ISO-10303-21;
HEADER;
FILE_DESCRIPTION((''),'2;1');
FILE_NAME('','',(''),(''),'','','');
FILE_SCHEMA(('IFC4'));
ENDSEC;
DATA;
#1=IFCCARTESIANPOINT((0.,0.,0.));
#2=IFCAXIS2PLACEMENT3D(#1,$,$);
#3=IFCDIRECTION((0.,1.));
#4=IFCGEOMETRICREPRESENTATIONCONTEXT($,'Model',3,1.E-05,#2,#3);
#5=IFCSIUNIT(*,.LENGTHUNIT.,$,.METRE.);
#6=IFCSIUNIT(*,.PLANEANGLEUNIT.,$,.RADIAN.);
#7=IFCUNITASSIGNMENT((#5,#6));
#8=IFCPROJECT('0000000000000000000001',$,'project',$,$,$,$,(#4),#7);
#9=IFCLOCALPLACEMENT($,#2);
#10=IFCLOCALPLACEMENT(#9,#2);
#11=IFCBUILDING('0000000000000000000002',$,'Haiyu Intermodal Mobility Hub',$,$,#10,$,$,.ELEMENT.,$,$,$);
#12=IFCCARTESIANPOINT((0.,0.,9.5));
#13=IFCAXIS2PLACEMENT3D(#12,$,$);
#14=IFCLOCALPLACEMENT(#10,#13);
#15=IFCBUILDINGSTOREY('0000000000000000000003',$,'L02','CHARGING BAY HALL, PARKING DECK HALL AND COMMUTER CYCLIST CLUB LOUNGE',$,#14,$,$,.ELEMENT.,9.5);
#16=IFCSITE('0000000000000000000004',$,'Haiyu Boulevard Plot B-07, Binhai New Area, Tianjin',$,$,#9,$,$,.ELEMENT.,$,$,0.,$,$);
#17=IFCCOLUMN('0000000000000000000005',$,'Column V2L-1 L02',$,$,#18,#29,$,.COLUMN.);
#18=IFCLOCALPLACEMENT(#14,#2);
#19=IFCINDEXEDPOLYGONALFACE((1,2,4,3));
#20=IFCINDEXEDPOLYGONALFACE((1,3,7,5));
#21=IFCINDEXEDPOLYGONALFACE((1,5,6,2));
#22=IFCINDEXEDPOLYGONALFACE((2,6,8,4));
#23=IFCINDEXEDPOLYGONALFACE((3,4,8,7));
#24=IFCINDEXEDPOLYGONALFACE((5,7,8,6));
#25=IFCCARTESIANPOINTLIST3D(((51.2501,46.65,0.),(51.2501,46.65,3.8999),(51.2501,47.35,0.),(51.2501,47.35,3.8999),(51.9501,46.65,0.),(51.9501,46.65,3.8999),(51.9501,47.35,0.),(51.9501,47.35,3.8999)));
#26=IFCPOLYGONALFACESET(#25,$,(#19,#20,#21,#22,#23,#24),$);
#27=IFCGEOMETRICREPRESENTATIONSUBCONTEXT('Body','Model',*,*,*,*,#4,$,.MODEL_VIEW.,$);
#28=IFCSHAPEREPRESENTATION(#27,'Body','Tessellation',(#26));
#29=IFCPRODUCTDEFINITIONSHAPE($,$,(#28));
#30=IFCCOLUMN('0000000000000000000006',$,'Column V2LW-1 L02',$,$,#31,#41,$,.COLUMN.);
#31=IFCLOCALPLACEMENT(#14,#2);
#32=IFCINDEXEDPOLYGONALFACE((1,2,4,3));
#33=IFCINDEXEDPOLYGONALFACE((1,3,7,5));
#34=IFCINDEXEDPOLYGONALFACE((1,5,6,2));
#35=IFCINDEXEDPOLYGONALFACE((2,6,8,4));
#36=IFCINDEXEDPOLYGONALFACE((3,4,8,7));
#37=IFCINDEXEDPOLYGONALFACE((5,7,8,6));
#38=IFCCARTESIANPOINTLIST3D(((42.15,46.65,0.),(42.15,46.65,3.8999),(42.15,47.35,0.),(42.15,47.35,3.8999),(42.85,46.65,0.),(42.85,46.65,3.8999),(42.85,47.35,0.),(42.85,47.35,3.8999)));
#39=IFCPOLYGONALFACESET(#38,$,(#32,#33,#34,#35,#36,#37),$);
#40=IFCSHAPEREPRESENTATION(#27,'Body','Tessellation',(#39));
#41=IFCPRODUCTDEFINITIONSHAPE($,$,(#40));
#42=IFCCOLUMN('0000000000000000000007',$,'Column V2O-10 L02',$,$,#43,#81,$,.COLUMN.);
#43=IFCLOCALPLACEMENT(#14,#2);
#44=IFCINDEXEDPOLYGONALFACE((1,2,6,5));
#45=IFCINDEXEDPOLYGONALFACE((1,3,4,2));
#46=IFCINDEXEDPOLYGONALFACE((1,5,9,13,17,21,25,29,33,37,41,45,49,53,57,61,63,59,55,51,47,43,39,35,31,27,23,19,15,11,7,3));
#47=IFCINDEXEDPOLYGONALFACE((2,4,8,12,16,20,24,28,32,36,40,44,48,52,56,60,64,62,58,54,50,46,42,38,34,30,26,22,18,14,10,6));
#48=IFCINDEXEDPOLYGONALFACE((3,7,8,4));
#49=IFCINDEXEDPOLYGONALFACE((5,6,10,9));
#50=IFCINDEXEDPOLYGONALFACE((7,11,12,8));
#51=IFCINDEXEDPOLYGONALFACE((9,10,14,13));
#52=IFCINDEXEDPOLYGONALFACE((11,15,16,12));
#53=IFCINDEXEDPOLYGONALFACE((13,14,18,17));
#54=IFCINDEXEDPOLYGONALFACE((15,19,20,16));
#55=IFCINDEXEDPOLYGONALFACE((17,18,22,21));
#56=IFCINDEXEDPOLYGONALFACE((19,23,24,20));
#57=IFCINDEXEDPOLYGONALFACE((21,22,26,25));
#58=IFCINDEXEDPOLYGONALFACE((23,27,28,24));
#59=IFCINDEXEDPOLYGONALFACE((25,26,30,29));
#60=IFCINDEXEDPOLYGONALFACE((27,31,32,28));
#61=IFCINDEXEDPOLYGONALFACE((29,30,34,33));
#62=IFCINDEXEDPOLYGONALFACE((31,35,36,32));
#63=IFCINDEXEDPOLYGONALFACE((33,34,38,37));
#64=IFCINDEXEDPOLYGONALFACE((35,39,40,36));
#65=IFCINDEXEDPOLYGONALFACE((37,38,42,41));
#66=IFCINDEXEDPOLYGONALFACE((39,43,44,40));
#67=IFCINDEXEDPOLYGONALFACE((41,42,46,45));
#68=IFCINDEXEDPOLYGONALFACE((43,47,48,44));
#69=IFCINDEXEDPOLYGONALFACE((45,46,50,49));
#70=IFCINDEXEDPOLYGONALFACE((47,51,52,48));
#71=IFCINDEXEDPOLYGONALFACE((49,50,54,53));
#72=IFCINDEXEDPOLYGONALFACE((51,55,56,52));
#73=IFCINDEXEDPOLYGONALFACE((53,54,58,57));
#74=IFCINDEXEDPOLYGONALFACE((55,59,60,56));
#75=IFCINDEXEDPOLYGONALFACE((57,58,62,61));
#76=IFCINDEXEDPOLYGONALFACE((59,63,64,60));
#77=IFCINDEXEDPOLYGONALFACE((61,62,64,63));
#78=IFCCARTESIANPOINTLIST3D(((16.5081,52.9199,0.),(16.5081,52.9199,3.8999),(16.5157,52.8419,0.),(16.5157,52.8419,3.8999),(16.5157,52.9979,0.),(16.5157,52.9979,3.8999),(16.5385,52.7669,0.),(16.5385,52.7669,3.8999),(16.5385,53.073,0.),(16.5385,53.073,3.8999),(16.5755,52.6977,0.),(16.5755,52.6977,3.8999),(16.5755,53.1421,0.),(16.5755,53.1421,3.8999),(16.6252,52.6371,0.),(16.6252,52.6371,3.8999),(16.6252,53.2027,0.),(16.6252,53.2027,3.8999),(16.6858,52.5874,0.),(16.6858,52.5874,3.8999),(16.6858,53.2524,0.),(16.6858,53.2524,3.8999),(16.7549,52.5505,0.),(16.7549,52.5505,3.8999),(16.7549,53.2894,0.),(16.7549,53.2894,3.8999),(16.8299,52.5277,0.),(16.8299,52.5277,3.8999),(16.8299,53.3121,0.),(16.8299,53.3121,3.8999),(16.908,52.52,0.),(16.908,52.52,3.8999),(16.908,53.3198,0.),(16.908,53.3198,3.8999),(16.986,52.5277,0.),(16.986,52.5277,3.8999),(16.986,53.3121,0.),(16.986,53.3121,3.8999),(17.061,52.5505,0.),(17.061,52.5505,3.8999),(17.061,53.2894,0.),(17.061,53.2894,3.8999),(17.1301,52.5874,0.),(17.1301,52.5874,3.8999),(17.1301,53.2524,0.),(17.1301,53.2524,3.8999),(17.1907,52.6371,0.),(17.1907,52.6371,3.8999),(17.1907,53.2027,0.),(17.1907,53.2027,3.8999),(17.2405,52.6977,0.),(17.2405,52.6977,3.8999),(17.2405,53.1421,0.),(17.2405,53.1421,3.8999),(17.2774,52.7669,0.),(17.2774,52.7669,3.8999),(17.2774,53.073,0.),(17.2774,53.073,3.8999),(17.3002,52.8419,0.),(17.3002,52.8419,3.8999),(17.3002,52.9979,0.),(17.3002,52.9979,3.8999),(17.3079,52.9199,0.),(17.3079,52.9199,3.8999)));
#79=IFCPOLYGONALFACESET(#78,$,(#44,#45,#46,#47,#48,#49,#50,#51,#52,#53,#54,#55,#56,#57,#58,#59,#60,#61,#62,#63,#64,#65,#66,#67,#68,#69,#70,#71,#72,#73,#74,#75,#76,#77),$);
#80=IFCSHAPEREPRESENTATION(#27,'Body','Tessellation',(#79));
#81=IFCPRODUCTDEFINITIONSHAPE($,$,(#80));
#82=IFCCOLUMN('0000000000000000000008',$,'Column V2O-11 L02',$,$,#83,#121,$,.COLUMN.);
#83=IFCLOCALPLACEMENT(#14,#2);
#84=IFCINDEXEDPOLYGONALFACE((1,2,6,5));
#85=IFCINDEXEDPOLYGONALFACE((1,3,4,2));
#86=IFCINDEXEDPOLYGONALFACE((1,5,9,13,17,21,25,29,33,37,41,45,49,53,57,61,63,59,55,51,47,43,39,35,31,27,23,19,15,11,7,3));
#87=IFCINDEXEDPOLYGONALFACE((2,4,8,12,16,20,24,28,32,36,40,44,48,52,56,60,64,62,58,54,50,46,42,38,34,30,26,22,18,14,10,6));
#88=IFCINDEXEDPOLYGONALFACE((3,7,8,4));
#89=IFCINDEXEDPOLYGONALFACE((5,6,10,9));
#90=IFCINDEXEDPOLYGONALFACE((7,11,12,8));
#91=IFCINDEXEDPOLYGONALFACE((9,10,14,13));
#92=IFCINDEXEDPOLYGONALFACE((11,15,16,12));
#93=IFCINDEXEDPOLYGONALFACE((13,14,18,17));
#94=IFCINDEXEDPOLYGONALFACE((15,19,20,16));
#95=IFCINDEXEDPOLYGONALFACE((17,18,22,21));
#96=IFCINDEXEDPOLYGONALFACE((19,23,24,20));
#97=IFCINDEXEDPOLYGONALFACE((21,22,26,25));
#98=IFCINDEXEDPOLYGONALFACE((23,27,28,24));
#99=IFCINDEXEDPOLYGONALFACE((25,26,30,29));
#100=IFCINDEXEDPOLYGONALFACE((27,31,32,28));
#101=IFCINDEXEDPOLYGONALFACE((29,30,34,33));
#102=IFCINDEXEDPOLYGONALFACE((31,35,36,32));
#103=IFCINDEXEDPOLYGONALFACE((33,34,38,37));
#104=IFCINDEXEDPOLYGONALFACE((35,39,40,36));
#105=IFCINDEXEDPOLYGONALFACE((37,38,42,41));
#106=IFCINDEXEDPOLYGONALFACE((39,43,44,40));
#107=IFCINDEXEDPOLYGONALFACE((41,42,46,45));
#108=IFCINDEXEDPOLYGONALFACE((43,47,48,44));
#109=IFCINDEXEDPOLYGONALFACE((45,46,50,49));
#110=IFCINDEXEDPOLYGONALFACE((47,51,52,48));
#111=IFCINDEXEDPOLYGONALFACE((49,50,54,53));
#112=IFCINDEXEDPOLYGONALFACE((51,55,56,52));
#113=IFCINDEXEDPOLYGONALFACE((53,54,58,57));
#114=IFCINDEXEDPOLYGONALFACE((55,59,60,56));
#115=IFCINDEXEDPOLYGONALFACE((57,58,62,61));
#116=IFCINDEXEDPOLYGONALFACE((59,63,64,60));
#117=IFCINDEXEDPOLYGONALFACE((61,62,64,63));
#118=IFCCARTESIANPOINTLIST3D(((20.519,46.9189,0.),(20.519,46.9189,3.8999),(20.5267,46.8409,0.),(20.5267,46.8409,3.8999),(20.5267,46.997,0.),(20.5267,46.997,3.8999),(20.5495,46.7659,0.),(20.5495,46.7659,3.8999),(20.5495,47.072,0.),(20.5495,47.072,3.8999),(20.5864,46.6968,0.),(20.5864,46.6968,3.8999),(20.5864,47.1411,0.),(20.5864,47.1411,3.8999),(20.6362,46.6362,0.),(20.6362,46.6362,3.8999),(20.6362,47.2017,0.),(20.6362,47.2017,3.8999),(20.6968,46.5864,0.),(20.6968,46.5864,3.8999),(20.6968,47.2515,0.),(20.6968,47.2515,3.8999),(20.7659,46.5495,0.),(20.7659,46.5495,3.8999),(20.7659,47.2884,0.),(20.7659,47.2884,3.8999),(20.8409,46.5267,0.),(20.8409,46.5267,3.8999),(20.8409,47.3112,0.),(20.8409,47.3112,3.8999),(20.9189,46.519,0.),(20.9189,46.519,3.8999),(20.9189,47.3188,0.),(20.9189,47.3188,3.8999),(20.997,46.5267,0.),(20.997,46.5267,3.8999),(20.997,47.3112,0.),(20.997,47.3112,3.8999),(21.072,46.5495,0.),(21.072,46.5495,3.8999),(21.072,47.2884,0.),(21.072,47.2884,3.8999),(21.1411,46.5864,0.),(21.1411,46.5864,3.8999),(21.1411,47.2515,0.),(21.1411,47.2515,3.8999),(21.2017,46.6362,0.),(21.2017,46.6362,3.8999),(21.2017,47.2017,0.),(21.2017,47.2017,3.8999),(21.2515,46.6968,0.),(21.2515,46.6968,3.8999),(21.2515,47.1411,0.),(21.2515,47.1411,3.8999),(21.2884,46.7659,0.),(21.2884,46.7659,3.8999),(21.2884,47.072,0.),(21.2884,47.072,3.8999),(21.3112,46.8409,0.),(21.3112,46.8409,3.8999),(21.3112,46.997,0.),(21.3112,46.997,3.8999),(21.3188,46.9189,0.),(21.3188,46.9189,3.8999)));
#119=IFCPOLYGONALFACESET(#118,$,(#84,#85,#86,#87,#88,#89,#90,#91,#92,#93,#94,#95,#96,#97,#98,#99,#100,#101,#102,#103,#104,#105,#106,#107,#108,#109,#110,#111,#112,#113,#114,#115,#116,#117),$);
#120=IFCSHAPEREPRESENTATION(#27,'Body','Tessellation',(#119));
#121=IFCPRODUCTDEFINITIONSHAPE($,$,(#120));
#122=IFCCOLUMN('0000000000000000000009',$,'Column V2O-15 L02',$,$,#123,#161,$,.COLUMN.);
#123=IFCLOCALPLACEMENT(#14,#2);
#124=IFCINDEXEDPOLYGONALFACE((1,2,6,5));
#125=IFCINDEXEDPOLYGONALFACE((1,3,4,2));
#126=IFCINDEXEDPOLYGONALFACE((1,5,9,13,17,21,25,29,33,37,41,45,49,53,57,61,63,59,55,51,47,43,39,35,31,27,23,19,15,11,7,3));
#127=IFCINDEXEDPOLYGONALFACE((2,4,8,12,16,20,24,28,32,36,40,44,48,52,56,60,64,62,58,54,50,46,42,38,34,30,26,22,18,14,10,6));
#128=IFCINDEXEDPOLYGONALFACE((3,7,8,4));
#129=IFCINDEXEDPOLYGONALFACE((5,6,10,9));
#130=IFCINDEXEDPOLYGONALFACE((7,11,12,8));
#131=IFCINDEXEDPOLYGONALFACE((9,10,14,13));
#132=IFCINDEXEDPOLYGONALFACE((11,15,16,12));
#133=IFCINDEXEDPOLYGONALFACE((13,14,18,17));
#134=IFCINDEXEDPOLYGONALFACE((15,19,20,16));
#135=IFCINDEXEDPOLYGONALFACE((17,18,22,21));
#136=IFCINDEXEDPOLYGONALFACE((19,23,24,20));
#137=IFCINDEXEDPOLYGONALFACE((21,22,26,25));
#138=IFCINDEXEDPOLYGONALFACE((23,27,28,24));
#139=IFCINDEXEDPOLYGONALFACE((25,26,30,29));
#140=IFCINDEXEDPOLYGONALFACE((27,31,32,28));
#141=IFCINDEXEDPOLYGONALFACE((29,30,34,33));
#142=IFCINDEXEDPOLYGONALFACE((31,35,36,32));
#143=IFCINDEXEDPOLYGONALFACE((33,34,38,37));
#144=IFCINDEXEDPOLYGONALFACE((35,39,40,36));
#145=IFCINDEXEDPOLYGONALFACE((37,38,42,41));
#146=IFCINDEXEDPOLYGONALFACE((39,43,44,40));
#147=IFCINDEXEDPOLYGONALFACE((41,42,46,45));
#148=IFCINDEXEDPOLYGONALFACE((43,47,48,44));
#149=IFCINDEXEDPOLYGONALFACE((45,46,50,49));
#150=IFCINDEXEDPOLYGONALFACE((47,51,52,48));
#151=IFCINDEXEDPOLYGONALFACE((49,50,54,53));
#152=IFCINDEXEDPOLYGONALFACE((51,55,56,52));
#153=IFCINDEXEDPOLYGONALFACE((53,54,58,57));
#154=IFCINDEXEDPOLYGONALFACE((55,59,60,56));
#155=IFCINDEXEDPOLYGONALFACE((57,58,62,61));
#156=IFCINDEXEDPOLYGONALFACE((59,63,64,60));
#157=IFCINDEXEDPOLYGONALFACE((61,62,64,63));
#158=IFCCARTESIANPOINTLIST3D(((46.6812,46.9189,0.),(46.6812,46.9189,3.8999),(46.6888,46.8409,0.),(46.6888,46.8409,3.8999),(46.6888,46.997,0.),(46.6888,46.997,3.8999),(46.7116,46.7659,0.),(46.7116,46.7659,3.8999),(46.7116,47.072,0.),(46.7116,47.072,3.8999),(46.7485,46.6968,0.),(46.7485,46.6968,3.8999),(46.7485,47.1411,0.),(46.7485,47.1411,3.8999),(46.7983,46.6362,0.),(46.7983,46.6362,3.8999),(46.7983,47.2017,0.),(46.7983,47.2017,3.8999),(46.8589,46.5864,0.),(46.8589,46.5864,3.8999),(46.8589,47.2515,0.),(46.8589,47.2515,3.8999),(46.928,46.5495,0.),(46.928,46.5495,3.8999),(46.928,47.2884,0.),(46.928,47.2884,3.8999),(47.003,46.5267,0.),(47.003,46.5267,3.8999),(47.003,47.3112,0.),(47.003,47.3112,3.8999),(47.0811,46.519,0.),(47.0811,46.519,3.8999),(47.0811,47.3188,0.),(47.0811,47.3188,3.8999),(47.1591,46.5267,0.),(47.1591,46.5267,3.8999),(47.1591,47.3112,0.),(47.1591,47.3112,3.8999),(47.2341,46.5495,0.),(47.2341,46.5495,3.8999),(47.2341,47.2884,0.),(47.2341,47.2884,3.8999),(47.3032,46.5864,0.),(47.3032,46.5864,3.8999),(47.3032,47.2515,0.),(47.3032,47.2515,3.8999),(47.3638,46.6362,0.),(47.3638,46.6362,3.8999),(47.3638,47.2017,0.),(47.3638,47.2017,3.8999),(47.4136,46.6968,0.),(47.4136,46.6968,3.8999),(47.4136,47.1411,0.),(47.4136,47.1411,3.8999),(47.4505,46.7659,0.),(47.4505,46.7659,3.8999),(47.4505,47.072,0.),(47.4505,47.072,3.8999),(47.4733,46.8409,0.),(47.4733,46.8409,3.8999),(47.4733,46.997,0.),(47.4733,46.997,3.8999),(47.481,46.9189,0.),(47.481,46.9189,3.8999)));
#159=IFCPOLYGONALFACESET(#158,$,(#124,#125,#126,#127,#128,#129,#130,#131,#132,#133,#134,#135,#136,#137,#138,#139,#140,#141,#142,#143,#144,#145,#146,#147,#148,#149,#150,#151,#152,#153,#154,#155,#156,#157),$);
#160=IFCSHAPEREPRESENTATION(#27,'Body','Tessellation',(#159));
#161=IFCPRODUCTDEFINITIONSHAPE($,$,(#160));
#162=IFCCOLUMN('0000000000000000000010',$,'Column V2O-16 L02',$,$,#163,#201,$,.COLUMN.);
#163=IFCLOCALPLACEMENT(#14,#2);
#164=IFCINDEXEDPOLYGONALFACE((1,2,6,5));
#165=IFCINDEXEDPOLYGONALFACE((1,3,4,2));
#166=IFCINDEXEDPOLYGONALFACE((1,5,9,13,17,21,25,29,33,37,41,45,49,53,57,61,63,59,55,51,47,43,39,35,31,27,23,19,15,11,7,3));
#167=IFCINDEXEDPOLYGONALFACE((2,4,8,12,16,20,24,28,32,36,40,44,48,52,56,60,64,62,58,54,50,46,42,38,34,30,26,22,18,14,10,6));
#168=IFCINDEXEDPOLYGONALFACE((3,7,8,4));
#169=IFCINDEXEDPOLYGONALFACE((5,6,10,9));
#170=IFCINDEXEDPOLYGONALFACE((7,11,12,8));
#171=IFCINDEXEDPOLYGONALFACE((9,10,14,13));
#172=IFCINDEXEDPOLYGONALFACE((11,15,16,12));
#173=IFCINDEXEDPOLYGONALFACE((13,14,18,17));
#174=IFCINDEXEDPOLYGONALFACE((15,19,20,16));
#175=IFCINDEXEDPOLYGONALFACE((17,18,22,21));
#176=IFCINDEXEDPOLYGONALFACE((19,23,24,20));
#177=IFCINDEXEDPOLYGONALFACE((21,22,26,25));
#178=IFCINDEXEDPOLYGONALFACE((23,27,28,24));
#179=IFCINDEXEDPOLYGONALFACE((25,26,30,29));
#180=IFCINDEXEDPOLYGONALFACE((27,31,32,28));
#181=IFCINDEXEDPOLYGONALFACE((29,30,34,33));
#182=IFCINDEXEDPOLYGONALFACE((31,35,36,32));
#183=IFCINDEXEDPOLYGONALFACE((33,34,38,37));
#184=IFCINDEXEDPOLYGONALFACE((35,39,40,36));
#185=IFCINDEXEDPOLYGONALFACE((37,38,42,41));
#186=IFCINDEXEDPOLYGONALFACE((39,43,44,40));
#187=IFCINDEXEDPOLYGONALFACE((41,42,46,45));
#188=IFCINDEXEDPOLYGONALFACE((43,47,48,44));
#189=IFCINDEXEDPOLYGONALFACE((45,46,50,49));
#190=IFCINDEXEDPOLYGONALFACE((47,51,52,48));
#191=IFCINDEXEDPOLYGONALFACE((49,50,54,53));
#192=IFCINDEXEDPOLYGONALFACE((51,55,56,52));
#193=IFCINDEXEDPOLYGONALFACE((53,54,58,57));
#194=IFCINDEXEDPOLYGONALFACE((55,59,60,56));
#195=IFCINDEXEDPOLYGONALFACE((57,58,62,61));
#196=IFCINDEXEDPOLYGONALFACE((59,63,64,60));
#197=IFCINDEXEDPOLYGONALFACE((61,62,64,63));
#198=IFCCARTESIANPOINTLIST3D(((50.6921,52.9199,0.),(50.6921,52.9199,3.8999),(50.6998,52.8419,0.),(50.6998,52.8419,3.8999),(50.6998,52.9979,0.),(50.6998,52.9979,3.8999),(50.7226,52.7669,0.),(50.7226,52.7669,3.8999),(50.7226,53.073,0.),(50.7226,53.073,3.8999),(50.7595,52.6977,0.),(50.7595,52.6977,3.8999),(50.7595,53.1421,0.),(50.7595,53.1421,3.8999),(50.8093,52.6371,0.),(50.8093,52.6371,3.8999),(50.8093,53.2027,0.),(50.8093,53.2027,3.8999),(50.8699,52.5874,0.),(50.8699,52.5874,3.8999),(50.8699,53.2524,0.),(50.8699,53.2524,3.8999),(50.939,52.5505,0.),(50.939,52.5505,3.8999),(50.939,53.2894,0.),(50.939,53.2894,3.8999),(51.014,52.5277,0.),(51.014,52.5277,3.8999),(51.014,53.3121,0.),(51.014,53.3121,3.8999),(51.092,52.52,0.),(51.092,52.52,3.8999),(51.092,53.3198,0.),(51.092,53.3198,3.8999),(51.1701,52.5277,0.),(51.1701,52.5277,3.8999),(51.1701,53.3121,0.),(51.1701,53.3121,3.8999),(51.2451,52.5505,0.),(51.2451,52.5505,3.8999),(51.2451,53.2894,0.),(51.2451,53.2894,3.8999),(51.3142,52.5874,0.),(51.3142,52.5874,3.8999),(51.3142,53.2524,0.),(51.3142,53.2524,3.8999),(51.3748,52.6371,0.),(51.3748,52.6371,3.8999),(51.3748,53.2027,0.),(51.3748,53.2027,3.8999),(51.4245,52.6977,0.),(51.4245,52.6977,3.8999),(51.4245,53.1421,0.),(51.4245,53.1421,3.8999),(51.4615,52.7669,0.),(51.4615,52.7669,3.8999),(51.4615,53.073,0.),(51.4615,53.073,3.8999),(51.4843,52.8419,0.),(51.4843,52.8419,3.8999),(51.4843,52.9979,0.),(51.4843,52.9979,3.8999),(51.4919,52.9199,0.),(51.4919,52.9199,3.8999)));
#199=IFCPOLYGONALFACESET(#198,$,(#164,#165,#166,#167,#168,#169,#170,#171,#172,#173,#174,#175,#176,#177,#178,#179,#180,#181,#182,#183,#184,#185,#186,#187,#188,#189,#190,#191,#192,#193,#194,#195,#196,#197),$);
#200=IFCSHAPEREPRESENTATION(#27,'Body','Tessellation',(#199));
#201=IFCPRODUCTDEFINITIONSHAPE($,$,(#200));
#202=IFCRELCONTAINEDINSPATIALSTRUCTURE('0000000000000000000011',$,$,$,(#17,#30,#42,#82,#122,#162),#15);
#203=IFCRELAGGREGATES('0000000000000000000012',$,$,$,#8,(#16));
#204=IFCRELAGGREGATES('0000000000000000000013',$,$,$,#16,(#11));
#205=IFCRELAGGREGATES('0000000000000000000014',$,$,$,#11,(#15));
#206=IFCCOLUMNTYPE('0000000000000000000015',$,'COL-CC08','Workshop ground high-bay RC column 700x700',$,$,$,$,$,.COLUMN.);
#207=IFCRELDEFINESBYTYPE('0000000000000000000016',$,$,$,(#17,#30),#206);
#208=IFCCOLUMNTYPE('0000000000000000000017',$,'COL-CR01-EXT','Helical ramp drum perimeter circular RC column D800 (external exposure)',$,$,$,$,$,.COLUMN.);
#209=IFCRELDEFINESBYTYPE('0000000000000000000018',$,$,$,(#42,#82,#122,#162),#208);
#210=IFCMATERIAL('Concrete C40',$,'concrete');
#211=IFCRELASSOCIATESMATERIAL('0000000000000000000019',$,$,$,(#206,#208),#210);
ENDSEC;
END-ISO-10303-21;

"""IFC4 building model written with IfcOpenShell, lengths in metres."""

from ifc_helpers import new_model, si_unit, direction, frame, origin, origin_2d, place, context, subcontext, project, spatial, rectangle, circle, extrude, material, material_profile, profile_set, type_object, element, save


model = new_model("IFC4")

# Units and contexts
model_context = context("Model", 3, precision=1e-05, world=origin(), true_north=direction((0.0, 1.0)))
body_context = subcontext(model_context, "Body", "Model", "MODEL_VIEW")
ifc_project = project(units=[si_unit("LENGTHUNIT", "METRE"), si_unit("PLANEANGLEUNIT", "RADIAN")], contexts=[model_context])

# Site, building, storey
site_placement = place(None, origin())
site = spatial("IfcSite", under=ifc_project, at=site_placement, Name="Haiyu Boulevard Plot B-07, Binhai New Area, Tianjin", CompositionType="ELEMENT", RefElevation=0.0)
building_placement = place(site_placement, origin())
building = spatial("IfcBuilding", under=site, at=building_placement, Name="Haiyu Intermodal Mobility Hub", CompositionType="ELEMENT")
storey_placement = place(building_placement, frame((0.0, 0.0, 9.5)))
storey = spatial("IfcBuildingStorey", under=building, at=storey_placement, Name="L02", Description="CHARGING BAY HALL, PARKING DECK HALL AND COMMUTER CYCLIST CLUB LOUNGE", CompositionType="ELEMENT", Elevation=9.5)

# Columns
ifc_material_1 = material(Name="Concrete C40", Category="concrete")
ifc_material_profile_1 = material_profile(ifc_material_1, rectangle(XDim=0.7, YDim=0.7, at=origin_2d()), Name="RC700x700")
ifc_profile_set_1 = profile_set([ifc_material_profile_1], Name="Concrete C40")
column_type_1 = type_object("IfcColumnType", Name="COL-CC08", Description="Workshop ground high-bay RC column 700x700", PredefinedType="COLUMN", material=ifc_profile_set_1)
for number, where, z_axis, x_axis, name in (
    (1, (51.6001, 47.0, 0.0), (0.0, 0.0, 1.0), (1.0, 0.0, 0.0), "Column V2L-1 L02"),
    (2, (42.5, 47.0, 0.0), (0.0, 0.0, 1.0), (1.0, 0.0, 0.0), "Column V2LW-1 L02"),
):
    element("IfcColumn", number, at=place(storey_placement, frame(where, z_axis=z_axis, x_axis=x_axis)), inside=storey, type_object=column_type_1, Name=name, PredefinedType="COLUMN", context=body_context, shape_type="SweptSolid", body=[
        extrude(rectangle(XDim=0.7, YDim=0.7, at=origin_2d()), origin(), (0.0, 0.0, 1.0), 3.8999),
    ])
ifc_material_profile_2 = material_profile(ifc_material_1, circle(Radius=0.3999, at=origin_2d()), Name="RCCOL-D800")
ifc_profile_set_2 = profile_set([ifc_material_profile_2], Name="Concrete C40")
column_type_2 = type_object("IfcColumnType", Name="COL-CR01-EXT", Description="Helical ramp drum perimeter circular RC column D800 (external exposure)", PredefinedType="COLUMN", material=ifc_profile_set_2)
for number, where, z_axis, x_axis, name in (
    (3, (16.908, 52.9199, 0.0), (0.0, 0.0, 1.0), (1.0, 0.0, 0.0), "Column V2O-10 L02"),
    (4, (20.9189, 46.9189, 0.0), (0.0, 0.0, 1.0), (1.0, 0.0, 0.0), "Column V2O-11 L02"),
    (5, (47.0811, 46.9189, 0.0), (0.0, 0.0, 1.0), (1.0, 0.0, 0.0), "Column V2O-15 L02"),
    (6, (51.092, 52.9199, 0.0), (0.0, 0.0, 1.0), (1.0, 0.0, 0.0), "Column V2O-16 L02"),
):
    element("IfcColumn", number, at=place(storey_placement, frame(where, z_axis=z_axis, x_axis=x_axis)), inside=storey, type_object=column_type_2, Name=name, PredefinedType="COLUMN", context=body_context, shape_type="SweptSolid", body=[
        extrude(circle(Radius=0.3999, at=origin_2d()), origin(), (0.0, 0.0, 1.0), 3.8999),
    ])

save(model, "model.ifc")
